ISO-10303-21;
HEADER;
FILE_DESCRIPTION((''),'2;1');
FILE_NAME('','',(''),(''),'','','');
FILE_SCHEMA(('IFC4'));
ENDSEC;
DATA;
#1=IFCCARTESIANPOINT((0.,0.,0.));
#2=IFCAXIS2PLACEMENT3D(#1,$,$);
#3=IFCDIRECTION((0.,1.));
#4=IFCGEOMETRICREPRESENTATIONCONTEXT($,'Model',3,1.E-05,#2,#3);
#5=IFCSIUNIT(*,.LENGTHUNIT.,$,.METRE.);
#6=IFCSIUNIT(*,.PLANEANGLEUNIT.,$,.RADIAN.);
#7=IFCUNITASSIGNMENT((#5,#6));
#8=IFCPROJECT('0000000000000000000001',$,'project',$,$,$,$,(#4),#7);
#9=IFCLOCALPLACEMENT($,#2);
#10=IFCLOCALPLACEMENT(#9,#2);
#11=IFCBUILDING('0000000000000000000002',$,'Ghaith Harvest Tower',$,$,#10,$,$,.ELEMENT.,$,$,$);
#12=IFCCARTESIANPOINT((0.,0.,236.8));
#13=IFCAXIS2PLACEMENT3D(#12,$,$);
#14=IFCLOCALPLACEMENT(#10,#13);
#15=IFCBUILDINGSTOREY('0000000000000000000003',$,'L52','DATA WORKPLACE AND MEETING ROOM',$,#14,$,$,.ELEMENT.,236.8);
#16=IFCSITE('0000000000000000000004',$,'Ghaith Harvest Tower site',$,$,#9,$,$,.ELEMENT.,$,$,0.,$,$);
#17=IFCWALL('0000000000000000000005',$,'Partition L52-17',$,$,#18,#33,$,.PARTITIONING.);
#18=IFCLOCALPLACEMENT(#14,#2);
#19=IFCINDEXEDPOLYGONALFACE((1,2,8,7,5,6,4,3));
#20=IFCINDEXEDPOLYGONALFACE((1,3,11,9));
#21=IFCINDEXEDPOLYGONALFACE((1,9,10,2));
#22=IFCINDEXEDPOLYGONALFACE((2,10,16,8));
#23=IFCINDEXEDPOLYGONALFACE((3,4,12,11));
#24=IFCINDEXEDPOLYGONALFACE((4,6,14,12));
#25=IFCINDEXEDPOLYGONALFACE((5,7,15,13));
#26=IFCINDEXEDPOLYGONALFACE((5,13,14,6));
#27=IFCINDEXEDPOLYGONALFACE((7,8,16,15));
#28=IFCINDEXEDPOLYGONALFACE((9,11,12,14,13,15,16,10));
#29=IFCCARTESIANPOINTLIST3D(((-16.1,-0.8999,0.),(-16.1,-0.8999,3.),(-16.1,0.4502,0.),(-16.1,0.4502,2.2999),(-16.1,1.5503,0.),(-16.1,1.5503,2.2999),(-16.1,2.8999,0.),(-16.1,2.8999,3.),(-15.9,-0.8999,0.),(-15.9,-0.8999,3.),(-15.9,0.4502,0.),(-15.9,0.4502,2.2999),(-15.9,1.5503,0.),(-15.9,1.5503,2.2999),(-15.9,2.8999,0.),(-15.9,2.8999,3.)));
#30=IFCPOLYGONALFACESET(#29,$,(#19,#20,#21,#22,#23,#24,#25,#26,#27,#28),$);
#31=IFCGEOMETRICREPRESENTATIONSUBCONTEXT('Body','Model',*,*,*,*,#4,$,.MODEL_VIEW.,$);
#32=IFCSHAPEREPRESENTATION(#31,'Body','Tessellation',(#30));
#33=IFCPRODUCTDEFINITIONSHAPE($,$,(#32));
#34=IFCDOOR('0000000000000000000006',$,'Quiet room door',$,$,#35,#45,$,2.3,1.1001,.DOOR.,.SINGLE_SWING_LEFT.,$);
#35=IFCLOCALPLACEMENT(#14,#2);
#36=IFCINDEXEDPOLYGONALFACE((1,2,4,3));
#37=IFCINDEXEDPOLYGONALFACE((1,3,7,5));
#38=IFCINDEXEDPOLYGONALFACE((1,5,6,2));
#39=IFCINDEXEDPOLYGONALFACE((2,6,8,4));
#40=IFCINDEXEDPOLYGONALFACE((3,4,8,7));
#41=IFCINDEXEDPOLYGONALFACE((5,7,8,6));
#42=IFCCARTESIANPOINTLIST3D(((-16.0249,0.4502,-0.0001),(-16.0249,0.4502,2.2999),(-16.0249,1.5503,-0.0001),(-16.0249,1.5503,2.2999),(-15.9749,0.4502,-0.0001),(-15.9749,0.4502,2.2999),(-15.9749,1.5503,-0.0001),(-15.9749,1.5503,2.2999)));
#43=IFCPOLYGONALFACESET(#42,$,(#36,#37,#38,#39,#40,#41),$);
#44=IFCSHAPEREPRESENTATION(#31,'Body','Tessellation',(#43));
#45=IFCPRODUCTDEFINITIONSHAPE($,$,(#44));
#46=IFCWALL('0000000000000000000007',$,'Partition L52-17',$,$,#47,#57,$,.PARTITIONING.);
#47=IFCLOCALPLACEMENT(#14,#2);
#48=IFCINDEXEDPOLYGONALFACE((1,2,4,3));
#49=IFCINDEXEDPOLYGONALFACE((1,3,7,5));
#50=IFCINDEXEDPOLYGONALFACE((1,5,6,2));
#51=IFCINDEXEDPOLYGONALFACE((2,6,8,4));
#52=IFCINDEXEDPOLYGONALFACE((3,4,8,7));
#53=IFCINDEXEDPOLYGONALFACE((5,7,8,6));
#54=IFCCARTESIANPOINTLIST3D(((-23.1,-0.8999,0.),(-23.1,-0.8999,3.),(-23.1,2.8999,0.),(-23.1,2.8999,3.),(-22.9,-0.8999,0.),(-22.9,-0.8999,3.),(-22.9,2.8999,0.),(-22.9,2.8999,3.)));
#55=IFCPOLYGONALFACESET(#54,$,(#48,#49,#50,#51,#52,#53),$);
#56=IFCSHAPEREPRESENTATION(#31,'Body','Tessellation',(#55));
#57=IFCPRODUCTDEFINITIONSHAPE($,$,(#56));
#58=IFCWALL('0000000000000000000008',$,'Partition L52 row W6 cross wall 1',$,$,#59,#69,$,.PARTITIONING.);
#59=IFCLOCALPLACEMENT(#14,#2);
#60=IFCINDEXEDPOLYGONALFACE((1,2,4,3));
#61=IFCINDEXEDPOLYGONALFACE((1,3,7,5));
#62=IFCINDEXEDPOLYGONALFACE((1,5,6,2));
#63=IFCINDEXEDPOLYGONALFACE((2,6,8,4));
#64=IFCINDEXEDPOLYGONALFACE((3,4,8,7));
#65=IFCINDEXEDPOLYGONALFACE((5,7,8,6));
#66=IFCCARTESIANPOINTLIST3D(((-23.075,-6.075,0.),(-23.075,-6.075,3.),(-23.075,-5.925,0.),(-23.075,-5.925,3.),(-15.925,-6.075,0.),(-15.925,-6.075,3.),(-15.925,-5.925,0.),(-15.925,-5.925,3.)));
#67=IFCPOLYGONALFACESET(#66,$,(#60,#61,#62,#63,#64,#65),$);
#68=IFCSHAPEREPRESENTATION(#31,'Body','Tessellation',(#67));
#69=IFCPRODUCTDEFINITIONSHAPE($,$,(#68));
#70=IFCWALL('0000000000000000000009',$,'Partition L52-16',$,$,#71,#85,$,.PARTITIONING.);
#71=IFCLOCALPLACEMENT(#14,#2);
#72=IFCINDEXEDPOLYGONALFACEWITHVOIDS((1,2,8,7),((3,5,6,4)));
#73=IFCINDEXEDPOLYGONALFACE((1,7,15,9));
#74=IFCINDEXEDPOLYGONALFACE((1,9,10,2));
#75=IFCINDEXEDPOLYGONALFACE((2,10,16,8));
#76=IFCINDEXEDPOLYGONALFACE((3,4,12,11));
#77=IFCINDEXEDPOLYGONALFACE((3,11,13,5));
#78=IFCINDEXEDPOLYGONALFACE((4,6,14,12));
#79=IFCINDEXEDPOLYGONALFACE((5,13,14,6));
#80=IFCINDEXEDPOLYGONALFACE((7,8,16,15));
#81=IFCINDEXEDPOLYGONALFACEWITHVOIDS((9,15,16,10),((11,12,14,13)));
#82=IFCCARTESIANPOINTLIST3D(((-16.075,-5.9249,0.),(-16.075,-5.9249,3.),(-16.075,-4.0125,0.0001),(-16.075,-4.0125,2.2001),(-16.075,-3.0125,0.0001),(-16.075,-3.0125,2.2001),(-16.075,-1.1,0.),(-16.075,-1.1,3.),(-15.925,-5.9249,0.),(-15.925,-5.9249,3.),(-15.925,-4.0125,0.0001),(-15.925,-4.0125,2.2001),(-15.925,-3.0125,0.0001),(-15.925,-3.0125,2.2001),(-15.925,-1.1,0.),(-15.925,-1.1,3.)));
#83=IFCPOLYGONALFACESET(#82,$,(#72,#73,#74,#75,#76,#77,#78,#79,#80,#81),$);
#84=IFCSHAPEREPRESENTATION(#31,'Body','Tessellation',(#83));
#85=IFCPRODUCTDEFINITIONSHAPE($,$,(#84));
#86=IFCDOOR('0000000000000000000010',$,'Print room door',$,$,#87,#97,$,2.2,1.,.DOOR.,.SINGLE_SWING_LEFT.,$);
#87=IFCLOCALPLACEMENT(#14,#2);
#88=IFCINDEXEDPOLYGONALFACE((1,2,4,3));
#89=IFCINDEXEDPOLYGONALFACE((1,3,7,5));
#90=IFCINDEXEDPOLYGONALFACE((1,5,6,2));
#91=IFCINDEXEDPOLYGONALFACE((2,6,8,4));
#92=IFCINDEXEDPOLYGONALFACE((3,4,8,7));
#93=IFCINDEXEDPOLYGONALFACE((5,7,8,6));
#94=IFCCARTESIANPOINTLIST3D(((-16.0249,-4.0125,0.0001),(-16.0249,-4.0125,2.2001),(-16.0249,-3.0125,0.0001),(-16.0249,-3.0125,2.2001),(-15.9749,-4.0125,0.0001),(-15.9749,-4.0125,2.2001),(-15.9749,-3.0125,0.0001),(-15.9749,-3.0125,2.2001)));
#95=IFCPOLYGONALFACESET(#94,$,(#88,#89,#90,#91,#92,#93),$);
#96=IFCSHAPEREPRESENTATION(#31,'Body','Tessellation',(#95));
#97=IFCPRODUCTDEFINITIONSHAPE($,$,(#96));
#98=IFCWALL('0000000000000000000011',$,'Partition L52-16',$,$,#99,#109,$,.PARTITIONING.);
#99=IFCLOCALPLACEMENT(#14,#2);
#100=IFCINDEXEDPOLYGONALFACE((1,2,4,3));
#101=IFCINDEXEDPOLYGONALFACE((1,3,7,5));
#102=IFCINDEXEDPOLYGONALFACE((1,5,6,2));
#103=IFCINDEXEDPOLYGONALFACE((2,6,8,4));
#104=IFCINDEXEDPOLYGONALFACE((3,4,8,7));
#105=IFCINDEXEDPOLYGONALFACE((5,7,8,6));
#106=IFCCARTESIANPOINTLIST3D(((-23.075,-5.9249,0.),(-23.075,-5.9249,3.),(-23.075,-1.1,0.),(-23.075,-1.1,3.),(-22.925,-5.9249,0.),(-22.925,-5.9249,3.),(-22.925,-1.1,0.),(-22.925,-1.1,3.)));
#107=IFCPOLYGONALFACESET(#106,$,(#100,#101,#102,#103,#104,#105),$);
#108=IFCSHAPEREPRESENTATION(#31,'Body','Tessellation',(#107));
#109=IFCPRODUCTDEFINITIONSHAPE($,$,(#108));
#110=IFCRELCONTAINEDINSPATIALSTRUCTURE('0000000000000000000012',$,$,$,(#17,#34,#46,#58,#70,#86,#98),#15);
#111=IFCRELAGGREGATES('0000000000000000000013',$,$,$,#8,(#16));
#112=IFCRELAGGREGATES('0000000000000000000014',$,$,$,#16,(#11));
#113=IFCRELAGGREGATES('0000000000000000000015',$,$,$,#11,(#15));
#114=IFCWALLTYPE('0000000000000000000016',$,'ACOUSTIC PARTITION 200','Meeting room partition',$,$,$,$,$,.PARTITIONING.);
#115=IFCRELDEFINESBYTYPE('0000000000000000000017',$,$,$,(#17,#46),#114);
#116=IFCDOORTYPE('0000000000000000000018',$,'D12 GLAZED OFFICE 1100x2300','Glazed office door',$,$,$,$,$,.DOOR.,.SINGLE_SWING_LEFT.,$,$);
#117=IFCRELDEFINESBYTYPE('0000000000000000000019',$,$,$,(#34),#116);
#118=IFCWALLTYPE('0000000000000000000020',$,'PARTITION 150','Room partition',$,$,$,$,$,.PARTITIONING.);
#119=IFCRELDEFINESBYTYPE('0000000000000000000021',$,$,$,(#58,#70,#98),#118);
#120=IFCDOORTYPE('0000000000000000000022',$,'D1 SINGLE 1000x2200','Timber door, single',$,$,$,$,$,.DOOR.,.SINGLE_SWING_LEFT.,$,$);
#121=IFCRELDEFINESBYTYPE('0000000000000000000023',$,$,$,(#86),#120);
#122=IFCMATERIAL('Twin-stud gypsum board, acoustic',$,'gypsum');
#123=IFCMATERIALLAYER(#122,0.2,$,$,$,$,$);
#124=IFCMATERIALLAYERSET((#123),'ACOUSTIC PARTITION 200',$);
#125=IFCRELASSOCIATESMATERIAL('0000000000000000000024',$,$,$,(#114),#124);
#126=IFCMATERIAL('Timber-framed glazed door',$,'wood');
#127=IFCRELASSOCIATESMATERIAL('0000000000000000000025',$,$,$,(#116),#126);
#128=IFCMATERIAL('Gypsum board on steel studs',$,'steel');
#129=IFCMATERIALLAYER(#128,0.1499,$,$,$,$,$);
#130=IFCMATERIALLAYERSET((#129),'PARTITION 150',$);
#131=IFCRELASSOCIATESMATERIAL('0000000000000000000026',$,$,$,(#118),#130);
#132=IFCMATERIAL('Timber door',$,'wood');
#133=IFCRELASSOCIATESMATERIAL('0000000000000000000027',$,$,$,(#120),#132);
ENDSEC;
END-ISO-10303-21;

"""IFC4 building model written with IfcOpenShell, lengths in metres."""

from ifc_helpers import new_model, si_unit, direction, frame, frame_2d, origin, place, context, subcontext, project, spatial, rectangle, extrude, material, layer, layer_set, type_object, element, fill, save


model = new_model("IFC4")

# Units and contexts
model_context = context("Model", 3, precision=1e-05, world=origin(), true_north=direction((0.0, 1.0)))
body_context = subcontext(model_context, "Body", "Model", "MODEL_VIEW")
ifc_project = project(units=[si_unit("LENGTHUNIT", "METRE"), si_unit("PLANEANGLEUNIT", "RADIAN")], contexts=[model_context])

# Site, building, storey
site_placement = place(None, origin())
site = spatial("IfcSite", under=ifc_project, at=site_placement, Name="Ghaith Harvest Tower site", CompositionType="ELEMENT", RefElevation=0.0)
building_placement = place(site_placement, origin())
building = spatial("IfcBuilding", under=site, at=building_placement, Name="Ghaith Harvest Tower", CompositionType="ELEMENT")
storey_placement = place(building_placement, frame((0.0, 0.0, 236.8)))
storey = spatial("IfcBuildingStorey", under=building, at=storey_placement, Name="L52", Description="DATA WORKPLACE AND MEETING ROOM", CompositionType="ELEMENT", Elevation=236.8)

# Shared definitions
ifc_material_1 = material(Name="Twin-stud gypsum board, acoustic", Category="gypsum")
ifc_layer_1 = layer(ifc_material_1, 0.2)
ifc_layer_set_1 = layer_set([ifc_layer_1], Name="ACOUSTIC PARTITION 200")
wall_type_1 = type_object("IfcWallType", Name="ACOUSTIC PARTITION 200", Description="Meeting room partition", PredefinedType="PARTITIONING", material=ifc_layer_set_1)

# Wall, opening, door
wall_1_placement = place(storey_placement, frame((-16.0, -0.8999, 0.0), z_axis=(0.0, 0.0, 1.0), x_axis=(0.0, 1.0, 0.0)))
wall_1 = element("IfcWall", 1, at=wall_1_placement, inside=storey, type_object=wall_type_1, Name="Partition L52-17", PredefinedType="PARTITIONING", context=body_context, shape_type="SweptSolid", body=[
    extrude(rectangle(XDim=3.7998, YDim=0.2, at=frame_2d((1.8999, 0.0))), origin(), (0.0, 0.0, 1.0), 3.0),
])
opening_1_placement = place(wall_1_placement, frame((1.3501, 0.0, 0.0)))
opening_1 = element("IfcOpeningElement", 2, at=opening_1_placement, cuts=wall_1, PredefinedType="OPENING", context=body_context, shape_type="SweptSolid", body=[
    extrude(rectangle(XDim=1.1001, YDim=2.3, at=frame_2d((0.55, 1.1499))), frame((0.0, 0.1099, 0.0), z_axis=(0.0, -1.0, 0.0), x_axis=(1.0, 0.0, 0.0)), (0.0, 0.0, 1.0), 0.22),
])
ifc_material_2 = material(Name="Timber-framed glazed door", Category="wood")
door_type_1 = type_object("IfcDoorType", Name="D12 GLAZED OFFICE 1100x2300", Description="Glazed office door", OperationType="SINGLE_SWING_LEFT", PredefinedType="DOOR", material=ifc_material_2)
door_1_placement = place(opening_1_placement, origin())
door_1 = element("IfcDoor", 3, at=door_1_placement, inside=storey, type_object=door_type_1, Name="Quiet room door", OperationType="SINGLE_SWING_LEFT", OverallHeight=2.3, OverallWidth=1.1001, PredefinedType="DOOR", context=body_context, shape_type="SweptSolid", body=[
    extrude(rectangle(XDim=1.1001, YDim=2.3, at=frame_2d((0.55, 1.1499))), frame((0.0, 0.0249, 0.0), z_axis=(0.0, -1.0, 0.0), x_axis=(1.0, 0.0, 0.0)), (0.0, 0.0, 1.0), 0.05),
])
fill(opening_1, door_1)

# Walls
wall_2_placement = place(storey_placement, frame((-23.0, -0.8999, 0.0), z_axis=(0.0, 0.0, 1.0), x_axis=(0.0, 1.0, 0.0)))
element("IfcWall", 4, at=wall_2_placement, inside=storey, type_object=wall_type_1, Name="Partition L52-17", PredefinedType="PARTITIONING", context=body_context, shape_type="SweptSolid", body=[
    extrude(rectangle(XDim=3.7998, YDim=0.2, at=frame_2d((1.8999, 0.0))), origin(), (0.0, 0.0, 1.0), 3.0),
])
ifc_material_3 = material(Name="Gypsum board on steel studs", Category="steel")
ifc_layer_2 = layer(ifc_material_3, 0.1499)
ifc_layer_set_2 = layer_set([ifc_layer_2], Name="PARTITION 150")
wall_type_2 = type_object("IfcWallType", Name="PARTITION 150", Description="Room partition", PredefinedType="PARTITIONING", material=ifc_layer_set_2)
wall_3_placement = place(storey_placement, frame((-15.925, -6.0, 0.0), z_axis=(0.0, 0.0, 1.0), x_axis=(-1.0, 0.0, 0.0)))
element("IfcWall", 5, at=wall_3_placement, inside=storey, type_object=wall_type_2, Name="Partition L52 row W6 cross wall 1", PredefinedType="PARTITIONING", context=body_context, shape_type="SweptSolid", body=[
    extrude(rectangle(XDim=7.1499, YDim=0.1499, at=frame_2d((3.575, 0.0))), origin(), (0.0, 0.0, 1.0), 3.0),
])

# Wall, opening, door
wall_4_placement = place(storey_placement, frame((-16.0, -5.925, 0.0), z_axis=(0.0, 0.0, 1.0), x_axis=(0.0, 1.0, 0.0)))
wall_4 = element("IfcWall", 6, at=wall_4_placement, inside=storey, type_object=wall_type_2, Name="Partition L52-16", PredefinedType="PARTITIONING", context=body_context, shape_type="SweptSolid", body=[
    extrude(rectangle(XDim=4.825, YDim=0.1499, at=frame_2d((2.4126, 0.0))), origin(), (0.0, 0.0, 1.0), 3.0),
])
opening_2_placement = place(wall_4_placement, frame((1.9126, 0.0, 0.0)))
opening_2 = element("IfcOpeningElement", 7, at=opening_2_placement, cuts=wall_4, PredefinedType="OPENING", context=body_context, shape_type="SweptSolid", body=[
    extrude(rectangle(XDim=1.0, YDim=2.2, at=frame_2d((0.5, 1.1001))), frame((0.0, 0.085, 0.0), z_axis=(0.0, -1.0, 0.0), x_axis=(1.0, 0.0, 0.0)), (0.0, 0.0, 1.0), 0.1699),
])
ifc_material_4 = material(Name="Timber door", Category="wood")
door_type_2 = type_object("IfcDoorType", Name="D1 SINGLE 1000x2200", Description="Timber door, single", OperationType="SINGLE_SWING_LEFT", PredefinedType="DOOR", material=ifc_material_4)
door_2_placement = place(opening_2_placement, origin())
door_2 = element("IfcDoor", 8, at=door_2_placement, inside=storey, type_object=door_type_2, Name="Print room door", OperationType="SINGLE_SWING_LEFT", OverallHeight=2.2, OverallWidth=1.0, PredefinedType="DOOR", context=body_context, shape_type="SweptSolid", body=[
    extrude(rectangle(XDim=1.0, YDim=2.2, at=frame_2d((0.5, 1.1001))), frame((0.0, 0.0249, 0.0), z_axis=(0.0, -1.0, 0.0), x_axis=(1.0, 0.0, 0.0)), (0.0, 0.0, 1.0), 0.05),
])
fill(opening_2, door_2)

# Wall
wall_5_placement = place(storey_placement, frame((-23.0, -5.925, 0.0), z_axis=(0.0, 0.0, 1.0), x_axis=(0.0, 1.0, 0.0)))
element("IfcWall", 9, at=wall_5_placement, inside=storey, type_object=wall_type_2, Name="Partition L52-16", PredefinedType="PARTITIONING", context=body_context, shape_type="SweptSolid", body=[
    extrude(rectangle(XDim=4.825, YDim=0.1499, at=frame_2d((2.4126, 0.0))), origin(), (0.0, 0.0, 1.0), 3.0),
])

save(model, "model.ifc")
